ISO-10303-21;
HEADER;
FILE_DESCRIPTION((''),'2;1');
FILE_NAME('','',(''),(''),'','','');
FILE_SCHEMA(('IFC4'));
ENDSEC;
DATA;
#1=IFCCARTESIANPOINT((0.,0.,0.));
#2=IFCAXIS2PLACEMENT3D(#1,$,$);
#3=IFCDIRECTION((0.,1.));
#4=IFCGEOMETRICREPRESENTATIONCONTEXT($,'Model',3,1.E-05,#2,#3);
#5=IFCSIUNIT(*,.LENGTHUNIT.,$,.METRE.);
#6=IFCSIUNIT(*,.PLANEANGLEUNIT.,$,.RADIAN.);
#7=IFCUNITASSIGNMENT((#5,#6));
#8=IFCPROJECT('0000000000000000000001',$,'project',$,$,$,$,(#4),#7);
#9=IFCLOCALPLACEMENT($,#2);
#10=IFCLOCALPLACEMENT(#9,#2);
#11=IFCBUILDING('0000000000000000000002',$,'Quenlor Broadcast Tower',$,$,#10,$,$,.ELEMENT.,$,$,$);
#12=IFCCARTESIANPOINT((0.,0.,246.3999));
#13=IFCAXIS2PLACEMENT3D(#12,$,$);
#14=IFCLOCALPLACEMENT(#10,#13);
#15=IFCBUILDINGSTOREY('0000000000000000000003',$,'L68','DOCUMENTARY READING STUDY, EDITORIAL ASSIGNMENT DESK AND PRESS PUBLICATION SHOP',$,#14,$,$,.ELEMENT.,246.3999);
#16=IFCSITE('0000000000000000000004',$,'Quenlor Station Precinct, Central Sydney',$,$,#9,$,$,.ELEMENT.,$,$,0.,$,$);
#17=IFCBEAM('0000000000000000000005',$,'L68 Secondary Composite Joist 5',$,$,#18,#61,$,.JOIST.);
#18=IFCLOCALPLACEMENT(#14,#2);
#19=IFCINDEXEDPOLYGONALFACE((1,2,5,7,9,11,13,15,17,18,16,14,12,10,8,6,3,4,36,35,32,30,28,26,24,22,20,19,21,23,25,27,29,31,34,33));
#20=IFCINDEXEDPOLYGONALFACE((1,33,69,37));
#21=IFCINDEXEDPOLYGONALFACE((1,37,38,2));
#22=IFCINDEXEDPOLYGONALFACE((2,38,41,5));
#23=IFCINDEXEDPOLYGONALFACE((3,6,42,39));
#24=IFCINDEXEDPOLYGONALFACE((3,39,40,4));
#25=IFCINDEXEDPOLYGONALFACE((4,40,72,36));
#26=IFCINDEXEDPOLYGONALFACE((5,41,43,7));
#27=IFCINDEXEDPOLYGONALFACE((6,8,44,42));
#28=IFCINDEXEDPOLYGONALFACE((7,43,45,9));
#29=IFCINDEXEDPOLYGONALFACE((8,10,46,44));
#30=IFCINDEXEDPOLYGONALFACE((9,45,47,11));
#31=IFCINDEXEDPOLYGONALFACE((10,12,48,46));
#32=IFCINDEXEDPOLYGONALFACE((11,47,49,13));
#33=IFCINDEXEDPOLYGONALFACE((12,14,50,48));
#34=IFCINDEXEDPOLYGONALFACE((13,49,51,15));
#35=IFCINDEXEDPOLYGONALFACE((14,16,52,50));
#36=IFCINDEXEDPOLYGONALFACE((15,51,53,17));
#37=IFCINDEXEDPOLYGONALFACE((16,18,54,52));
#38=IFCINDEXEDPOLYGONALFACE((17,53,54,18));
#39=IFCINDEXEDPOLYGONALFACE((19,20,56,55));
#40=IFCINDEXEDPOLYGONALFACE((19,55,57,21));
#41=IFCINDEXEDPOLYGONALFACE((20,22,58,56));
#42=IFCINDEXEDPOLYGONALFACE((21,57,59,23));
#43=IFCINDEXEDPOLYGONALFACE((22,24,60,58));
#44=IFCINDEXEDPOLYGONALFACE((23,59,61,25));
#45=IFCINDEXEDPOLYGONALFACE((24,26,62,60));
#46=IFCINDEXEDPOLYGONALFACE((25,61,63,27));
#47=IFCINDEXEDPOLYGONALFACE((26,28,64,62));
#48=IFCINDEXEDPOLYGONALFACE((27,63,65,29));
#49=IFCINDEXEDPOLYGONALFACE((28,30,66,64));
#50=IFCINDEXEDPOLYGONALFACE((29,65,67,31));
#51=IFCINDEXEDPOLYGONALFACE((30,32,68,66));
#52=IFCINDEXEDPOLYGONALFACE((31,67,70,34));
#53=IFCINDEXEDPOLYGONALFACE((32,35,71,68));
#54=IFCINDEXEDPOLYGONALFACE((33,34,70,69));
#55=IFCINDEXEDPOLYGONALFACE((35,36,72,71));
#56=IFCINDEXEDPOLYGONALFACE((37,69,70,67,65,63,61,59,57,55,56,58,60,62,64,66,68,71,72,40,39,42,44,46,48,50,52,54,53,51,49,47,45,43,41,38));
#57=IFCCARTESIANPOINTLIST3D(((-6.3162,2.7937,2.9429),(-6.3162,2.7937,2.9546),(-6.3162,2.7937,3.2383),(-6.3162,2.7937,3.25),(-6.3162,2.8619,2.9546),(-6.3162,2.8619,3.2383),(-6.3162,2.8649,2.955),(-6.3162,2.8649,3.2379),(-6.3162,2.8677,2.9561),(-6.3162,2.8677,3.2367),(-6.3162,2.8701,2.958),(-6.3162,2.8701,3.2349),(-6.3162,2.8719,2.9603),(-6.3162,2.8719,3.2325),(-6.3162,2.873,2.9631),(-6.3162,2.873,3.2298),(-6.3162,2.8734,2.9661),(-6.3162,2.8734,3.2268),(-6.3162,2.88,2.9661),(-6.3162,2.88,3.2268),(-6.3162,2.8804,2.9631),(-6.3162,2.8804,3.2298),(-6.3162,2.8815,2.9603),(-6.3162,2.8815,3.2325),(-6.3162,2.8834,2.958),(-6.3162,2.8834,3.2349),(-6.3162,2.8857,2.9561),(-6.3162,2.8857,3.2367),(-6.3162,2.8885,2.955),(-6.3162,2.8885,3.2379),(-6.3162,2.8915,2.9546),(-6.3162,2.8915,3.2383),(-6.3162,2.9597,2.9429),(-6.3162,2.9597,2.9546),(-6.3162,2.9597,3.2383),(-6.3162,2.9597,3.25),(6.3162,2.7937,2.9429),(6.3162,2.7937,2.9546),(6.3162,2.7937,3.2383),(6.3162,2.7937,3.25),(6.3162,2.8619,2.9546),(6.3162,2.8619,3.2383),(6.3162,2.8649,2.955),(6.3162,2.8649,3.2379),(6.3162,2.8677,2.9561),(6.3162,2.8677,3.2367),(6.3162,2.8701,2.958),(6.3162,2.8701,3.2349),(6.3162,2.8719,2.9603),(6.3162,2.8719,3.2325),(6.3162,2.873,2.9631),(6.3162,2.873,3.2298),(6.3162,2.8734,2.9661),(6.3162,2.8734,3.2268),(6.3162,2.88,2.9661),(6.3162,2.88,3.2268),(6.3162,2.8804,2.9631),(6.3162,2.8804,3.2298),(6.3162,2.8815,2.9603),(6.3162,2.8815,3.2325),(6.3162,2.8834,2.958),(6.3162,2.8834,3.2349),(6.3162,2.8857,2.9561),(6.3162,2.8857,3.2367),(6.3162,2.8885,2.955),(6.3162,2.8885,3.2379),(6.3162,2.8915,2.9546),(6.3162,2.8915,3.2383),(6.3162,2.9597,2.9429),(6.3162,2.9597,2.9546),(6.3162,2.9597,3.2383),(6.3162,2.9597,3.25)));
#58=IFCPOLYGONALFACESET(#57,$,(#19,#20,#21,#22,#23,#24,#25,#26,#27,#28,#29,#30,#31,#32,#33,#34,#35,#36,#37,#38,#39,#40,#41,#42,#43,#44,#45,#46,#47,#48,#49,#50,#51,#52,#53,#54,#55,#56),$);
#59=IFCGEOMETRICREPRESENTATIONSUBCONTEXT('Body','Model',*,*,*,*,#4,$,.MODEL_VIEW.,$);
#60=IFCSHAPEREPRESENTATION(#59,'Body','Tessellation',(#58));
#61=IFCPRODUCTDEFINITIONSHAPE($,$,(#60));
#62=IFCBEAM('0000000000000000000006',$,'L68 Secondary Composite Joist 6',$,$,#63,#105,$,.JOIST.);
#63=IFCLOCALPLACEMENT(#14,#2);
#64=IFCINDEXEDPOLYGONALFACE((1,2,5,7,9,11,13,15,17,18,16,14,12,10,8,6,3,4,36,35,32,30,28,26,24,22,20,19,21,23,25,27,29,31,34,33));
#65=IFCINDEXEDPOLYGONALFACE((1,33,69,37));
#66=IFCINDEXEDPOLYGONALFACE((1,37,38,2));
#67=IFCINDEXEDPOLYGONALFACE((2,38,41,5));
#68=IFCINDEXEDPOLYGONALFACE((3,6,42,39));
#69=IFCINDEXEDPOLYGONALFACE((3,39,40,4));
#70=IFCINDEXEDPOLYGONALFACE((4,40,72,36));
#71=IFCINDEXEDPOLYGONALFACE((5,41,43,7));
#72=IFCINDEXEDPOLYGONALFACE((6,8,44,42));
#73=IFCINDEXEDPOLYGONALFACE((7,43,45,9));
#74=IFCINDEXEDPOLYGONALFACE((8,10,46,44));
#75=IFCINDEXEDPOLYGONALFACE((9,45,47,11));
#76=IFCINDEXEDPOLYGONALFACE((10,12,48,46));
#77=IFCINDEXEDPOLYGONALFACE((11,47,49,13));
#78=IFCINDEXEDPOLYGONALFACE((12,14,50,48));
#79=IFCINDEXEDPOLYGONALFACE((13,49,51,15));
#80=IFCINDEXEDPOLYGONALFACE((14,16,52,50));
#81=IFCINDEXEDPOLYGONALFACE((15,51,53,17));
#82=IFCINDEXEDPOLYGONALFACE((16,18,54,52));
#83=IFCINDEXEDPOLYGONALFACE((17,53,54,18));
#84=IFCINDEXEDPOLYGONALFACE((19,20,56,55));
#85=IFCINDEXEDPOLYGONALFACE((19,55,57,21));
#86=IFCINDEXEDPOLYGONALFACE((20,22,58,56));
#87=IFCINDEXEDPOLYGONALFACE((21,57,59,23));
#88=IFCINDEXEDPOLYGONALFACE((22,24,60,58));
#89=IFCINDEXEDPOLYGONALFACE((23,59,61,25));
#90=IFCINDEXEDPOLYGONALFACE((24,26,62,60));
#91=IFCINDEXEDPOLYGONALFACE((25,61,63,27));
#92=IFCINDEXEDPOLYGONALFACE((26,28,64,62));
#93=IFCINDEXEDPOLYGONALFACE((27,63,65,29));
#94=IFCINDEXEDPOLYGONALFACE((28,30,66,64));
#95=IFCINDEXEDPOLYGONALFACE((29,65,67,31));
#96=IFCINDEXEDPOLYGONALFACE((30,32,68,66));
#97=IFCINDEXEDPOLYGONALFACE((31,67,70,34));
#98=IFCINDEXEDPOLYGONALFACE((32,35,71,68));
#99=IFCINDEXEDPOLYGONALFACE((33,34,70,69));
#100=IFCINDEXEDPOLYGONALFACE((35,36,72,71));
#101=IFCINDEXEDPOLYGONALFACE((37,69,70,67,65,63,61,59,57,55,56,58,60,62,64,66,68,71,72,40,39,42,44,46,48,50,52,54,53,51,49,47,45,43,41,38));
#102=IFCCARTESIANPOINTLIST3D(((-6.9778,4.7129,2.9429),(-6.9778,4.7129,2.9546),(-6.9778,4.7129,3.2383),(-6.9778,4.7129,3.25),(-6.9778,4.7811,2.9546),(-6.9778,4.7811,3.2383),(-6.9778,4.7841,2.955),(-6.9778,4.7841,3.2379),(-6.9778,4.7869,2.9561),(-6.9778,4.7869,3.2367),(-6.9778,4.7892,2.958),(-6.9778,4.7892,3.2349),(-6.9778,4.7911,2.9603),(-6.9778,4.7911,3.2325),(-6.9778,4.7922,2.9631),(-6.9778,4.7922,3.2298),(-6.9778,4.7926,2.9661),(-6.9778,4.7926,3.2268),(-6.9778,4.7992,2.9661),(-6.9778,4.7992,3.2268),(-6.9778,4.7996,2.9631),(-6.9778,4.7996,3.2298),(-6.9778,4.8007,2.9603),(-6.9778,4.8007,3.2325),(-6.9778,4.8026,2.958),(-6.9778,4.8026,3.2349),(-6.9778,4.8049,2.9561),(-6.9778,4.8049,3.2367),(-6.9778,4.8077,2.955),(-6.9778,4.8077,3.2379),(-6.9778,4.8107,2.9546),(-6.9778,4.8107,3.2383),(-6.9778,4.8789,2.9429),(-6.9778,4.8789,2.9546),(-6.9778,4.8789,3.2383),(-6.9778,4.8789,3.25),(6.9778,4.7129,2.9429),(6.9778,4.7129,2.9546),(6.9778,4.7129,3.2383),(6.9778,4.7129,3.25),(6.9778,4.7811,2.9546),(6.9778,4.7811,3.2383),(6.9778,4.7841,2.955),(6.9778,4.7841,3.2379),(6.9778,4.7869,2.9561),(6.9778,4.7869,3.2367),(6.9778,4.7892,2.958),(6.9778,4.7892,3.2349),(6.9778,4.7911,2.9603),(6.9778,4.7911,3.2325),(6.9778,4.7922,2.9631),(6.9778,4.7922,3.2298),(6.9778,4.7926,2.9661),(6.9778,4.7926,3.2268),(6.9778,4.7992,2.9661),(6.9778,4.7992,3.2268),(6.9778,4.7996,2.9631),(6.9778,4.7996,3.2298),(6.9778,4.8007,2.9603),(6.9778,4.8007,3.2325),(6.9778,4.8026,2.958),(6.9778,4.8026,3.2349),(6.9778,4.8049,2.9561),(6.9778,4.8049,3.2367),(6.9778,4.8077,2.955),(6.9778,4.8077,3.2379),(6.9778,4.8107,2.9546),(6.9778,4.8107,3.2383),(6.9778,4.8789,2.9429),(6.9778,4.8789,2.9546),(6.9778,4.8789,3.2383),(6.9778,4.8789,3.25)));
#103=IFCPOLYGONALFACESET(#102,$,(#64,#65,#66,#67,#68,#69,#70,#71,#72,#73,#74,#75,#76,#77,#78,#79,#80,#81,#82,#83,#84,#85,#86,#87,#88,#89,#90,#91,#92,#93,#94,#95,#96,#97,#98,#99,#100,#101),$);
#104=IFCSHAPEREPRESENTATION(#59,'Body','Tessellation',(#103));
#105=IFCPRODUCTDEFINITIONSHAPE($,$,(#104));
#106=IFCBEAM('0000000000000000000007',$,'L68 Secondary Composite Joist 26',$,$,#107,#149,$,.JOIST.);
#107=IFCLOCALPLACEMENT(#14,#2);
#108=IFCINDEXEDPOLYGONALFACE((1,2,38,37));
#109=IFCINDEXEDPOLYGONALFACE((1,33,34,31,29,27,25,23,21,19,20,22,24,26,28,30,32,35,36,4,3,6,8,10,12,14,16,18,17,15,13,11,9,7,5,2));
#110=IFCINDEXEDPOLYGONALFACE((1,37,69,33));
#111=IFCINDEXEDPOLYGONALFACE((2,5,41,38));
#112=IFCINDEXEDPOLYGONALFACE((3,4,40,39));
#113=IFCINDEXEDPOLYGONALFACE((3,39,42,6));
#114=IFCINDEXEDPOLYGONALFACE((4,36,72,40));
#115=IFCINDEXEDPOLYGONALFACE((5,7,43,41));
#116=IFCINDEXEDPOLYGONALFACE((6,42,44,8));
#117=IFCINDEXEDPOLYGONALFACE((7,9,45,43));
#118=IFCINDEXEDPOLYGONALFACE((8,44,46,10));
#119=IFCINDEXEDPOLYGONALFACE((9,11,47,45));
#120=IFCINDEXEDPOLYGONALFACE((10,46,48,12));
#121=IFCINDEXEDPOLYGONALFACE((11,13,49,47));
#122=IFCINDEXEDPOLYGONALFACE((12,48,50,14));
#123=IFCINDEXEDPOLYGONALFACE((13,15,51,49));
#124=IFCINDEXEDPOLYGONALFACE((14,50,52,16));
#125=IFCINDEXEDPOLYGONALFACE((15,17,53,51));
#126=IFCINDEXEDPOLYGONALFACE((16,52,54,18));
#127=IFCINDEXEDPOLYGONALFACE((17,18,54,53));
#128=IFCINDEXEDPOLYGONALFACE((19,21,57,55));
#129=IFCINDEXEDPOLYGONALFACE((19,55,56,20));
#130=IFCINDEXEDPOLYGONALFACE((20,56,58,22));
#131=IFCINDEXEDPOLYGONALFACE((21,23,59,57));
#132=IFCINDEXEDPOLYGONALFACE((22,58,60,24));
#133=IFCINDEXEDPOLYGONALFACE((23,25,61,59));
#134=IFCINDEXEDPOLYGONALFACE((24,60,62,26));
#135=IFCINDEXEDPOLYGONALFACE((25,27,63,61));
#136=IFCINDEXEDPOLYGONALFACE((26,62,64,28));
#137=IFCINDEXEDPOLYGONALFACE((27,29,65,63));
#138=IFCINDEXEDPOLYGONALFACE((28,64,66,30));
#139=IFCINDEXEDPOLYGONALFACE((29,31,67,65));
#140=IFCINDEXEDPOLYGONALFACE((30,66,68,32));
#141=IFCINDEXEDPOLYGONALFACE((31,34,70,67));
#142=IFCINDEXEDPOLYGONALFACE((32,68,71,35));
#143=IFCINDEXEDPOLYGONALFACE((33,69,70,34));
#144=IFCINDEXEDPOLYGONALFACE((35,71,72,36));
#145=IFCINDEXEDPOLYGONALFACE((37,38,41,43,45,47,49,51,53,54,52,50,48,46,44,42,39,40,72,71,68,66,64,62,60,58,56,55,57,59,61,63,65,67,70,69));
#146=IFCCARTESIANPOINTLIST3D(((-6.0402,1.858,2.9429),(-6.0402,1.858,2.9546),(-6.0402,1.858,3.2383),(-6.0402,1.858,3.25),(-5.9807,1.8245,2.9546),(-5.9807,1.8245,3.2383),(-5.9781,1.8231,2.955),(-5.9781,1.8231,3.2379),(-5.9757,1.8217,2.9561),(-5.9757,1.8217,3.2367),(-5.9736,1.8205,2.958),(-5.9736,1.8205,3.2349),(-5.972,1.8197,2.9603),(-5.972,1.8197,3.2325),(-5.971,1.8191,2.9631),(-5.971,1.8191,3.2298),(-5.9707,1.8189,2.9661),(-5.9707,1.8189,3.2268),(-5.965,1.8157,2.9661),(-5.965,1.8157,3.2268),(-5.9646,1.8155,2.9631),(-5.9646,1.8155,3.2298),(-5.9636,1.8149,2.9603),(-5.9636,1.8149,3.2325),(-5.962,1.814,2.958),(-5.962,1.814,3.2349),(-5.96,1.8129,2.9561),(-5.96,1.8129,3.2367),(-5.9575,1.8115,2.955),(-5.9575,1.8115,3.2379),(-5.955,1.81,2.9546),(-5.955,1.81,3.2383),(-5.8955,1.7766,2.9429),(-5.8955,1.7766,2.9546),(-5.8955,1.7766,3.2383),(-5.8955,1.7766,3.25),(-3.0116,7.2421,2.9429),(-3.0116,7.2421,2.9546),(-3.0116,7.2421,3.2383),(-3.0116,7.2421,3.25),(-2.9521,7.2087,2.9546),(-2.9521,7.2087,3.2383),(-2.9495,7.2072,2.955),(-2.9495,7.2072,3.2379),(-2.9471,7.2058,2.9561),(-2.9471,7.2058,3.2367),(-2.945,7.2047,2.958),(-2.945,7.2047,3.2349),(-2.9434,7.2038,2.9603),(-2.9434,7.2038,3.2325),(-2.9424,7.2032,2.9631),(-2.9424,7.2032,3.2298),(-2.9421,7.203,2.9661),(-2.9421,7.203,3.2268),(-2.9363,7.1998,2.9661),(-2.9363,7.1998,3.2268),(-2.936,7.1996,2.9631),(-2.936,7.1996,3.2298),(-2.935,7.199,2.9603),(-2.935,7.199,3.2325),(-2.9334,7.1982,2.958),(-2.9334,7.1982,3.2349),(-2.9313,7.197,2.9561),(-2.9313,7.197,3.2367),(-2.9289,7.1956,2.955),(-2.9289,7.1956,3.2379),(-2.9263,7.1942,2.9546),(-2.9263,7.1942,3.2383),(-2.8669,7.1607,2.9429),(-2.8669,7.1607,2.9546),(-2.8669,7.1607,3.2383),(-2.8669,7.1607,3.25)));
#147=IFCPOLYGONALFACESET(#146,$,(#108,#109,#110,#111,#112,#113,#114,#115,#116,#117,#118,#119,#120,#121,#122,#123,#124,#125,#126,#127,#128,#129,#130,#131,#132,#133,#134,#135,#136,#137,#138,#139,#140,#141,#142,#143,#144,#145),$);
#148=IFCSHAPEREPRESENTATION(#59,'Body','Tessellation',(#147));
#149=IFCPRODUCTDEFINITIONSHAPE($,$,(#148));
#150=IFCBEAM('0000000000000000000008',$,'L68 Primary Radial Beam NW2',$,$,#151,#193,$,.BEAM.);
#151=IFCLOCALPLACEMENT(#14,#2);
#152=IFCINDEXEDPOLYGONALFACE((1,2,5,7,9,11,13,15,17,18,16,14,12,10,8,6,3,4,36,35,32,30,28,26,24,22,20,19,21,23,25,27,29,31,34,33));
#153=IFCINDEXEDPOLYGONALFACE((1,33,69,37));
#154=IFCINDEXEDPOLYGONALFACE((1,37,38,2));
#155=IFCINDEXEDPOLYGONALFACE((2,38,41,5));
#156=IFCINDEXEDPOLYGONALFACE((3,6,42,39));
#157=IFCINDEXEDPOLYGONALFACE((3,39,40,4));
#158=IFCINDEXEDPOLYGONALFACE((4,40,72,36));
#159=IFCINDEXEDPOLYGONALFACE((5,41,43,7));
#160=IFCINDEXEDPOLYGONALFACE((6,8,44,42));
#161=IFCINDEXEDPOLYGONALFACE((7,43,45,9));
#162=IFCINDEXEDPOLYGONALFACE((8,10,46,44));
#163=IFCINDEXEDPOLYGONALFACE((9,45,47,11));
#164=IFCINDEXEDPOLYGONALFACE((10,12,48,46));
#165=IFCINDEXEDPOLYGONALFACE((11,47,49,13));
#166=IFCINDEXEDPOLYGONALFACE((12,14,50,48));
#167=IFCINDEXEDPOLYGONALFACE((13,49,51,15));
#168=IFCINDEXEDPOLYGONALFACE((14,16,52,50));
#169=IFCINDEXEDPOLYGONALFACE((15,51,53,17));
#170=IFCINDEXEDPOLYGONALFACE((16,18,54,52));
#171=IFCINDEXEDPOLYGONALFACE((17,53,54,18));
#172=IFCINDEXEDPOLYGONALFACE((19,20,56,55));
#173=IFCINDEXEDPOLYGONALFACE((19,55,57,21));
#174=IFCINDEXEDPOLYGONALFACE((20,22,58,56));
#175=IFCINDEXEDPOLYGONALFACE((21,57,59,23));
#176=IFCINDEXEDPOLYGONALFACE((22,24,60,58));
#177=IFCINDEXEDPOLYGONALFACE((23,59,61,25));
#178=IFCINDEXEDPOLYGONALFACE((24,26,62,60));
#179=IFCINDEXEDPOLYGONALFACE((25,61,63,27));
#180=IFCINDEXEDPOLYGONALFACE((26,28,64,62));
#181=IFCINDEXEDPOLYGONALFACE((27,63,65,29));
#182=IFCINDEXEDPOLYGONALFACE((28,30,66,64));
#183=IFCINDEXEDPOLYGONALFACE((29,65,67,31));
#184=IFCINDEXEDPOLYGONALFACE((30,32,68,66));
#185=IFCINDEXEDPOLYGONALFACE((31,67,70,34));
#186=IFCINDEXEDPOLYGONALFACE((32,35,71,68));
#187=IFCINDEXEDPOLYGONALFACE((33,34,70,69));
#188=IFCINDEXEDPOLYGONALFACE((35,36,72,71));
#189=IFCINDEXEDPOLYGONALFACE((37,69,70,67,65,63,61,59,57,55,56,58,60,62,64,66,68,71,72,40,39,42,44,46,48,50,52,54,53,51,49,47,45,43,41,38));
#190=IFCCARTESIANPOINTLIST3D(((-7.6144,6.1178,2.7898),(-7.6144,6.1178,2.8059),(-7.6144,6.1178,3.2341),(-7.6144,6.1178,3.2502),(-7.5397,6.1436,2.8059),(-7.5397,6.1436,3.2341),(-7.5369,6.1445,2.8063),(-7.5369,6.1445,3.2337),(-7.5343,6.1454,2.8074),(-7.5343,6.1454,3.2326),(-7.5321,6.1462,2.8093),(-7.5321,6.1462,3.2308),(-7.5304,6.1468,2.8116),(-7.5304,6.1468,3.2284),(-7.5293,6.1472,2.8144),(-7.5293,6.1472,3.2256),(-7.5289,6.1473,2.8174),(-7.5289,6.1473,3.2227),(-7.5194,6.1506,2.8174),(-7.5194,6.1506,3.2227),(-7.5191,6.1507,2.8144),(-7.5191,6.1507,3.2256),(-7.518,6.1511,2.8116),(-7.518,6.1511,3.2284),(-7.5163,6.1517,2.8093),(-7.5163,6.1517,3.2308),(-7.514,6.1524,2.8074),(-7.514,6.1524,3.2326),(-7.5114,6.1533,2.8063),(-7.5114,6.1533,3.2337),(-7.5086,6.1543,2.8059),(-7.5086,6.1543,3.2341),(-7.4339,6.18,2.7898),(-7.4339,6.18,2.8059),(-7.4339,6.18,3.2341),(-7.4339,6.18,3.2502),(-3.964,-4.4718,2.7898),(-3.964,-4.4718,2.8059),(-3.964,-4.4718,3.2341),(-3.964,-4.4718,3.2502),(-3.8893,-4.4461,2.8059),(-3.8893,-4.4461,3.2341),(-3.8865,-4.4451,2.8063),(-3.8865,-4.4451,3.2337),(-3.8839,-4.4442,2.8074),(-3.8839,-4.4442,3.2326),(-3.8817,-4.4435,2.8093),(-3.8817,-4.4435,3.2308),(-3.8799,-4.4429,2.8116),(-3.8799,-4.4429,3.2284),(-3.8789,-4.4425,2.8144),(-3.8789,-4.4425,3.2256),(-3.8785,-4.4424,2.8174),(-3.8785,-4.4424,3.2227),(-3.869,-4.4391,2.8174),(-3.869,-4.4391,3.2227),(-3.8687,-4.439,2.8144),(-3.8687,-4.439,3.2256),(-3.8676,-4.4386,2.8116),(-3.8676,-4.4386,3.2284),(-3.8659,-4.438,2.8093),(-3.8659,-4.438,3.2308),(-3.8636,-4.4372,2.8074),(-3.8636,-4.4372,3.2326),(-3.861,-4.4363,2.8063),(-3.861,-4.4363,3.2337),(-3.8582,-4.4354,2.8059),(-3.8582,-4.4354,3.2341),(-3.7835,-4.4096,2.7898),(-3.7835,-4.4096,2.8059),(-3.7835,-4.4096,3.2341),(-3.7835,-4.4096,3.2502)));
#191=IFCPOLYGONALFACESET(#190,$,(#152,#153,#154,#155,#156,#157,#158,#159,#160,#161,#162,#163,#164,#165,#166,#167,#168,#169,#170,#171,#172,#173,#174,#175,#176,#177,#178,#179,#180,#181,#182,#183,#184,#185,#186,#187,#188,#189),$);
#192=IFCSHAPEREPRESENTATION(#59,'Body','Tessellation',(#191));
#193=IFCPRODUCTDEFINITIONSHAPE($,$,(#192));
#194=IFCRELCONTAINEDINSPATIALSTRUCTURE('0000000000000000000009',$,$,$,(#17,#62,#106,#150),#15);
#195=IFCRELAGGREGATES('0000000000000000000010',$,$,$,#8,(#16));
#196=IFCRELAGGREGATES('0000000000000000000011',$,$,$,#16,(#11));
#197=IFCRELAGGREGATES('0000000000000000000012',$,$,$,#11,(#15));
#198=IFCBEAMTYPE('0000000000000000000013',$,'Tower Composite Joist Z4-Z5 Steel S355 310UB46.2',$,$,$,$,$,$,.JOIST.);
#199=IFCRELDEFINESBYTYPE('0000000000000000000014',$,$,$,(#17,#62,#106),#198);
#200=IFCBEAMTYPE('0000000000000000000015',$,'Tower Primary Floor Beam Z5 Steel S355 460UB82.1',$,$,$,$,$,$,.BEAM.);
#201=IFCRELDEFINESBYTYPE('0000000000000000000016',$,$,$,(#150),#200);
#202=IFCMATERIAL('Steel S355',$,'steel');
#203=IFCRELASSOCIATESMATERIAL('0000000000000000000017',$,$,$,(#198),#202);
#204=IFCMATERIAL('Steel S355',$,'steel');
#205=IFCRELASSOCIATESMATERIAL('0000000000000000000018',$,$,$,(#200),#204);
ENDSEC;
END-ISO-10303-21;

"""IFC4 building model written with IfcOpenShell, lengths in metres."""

from ifc_helpers import new_model, si_unit, direction, frame, origin, origin_2d, place, context, subcontext, project, spatial, i_section, extrude, material, material_profile, profile_set, type_object, element, save


model = new_model("IFC4")

# Units and contexts
model_context = context("Model", 3, precision=1e-05, world=origin(), true_north=direction((0.0, 1.0)))
body_context = subcontext(model_context, "Body", "Model", "MODEL_VIEW")
ifc_project = project(units=[si_unit("LENGTHUNIT", "METRE"), si_unit("PLANEANGLEUNIT", "RADIAN")], contexts=[model_context])

# Site, building, storey
site_placement = place(None, origin())
site = spatial("IfcSite", under=ifc_project, at=site_placement, Name="Quenlor Station Precinct, Central Sydney", CompositionType="ELEMENT", RefElevation=0.0)
building_placement = place(site_placement, origin())
building = spatial("IfcBuilding", under=site, at=building_placement, Name="Quenlor Broadcast Tower", CompositionType="ELEMENT")
storey_placement = place(building_placement, frame((0.0, 0.0, 246.3999)))
storey = spatial("IfcBuildingStorey", under=building, at=storey_placement, Name="L68", Description="DOCUMENTARY READING STUDY, EDITORIAL ASSIGNMENT DESK AND PRESS PUBLICATION SHOP", CompositionType="ELEMENT", Elevation=246.3999)

# Beams
ifc_material_1 = material(Name="Steel S355", Category="steel")
ifc_material_profile_1 = material_profile(ifc_material_1, i_section(OverallWidth=0.166, OverallDepth=0.3071, WebThickness=0.0066, FlangeThickness=0.0117, FilletRadius=0.0115, at=origin_2d()))
ifc_profile_set_1 = profile_set([ifc_material_profile_1], Name="Steel S355 310UB46.2")
beam_type_1 = type_object("IfcBeamType", Name="Tower Composite Joist Z4-Z5 Steel S355 310UB46.2", PredefinedType="JOIST", material=ifc_profile_set_1)
beam_1_placement = place(storey_placement, frame((-6.3162, 2.8767, 3.0964), z_axis=(1.0, 0.0, 0.0), x_axis=(0.0, 1.0, 0.0)))
element("IfcBeam", 1, at=beam_1_placement, inside=storey, type_object=beam_type_1, Name="L68 Secondary Composite Joist 5", PredefinedType="JOIST", context=body_context, shape_type="SweptSolid", body=[
    extrude(i_section(OverallWidth=0.166, OverallDepth=0.3071, WebThickness=0.0066, FlangeThickness=0.0117, FilletRadius=0.0115, at=origin_2d()), origin(), (0.0, 0.0, 1.0), 12.6323),
])
beam_2_placement = place(storey_placement, frame((-6.9778, 4.7959, 3.0964), z_axis=(1.0, 0.0, 0.0), x_axis=(0.0, 1.0, 0.0)))
element("IfcBeam", 2, at=beam_2_placement, inside=storey, type_object=beam_type_1, Name="L68 Secondary Composite Joist 6", PredefinedType="JOIST", context=body_context, shape_type="SweptSolid", body=[
    extrude(i_section(OverallWidth=0.166, OverallDepth=0.3071, WebThickness=0.0066, FlangeThickness=0.0117, FilletRadius=0.0115, at=origin_2d()), origin(), (0.0, 0.0, 1.0), 13.9556),
])
beam_3_placement = place(storey_placement, frame((-2.9392, 7.2014, 3.0964), z_axis=(-0.490267, -0.871572, 0.0), x_axis=(0.871572, -0.490267, 0.0)))
element("IfcBeam", 3, at=beam_3_placement, inside=storey, type_object=beam_type_1, Name="L68 Secondary Composite Joist 26", PredefinedType="JOIST", context=body_context, shape_type="SweptSolid", body=[
    extrude(i_section(OverallWidth=0.166, OverallDepth=0.3071, WebThickness=0.0066, FlangeThickness=0.0117, FilletRadius=0.0115, at=origin_2d()), origin(), (0.0, 0.0, 1.0), 6.1775),
])
ifc_material_2 = material(Name="Steel S355", Category="steel")
ifc_material_profile_2 = material_profile(ifc_material_2, i_section(OverallWidth=0.1909, OverallDepth=0.4604, WebThickness=0.01, FlangeThickness=0.0161, FilletRadius=0.0115, at=origin_2d()))
ifc_profile_set_2 = profile_set([ifc_material_profile_2], Name="Steel S355 460UB82.1")
beam_type_2 = type_object("IfcBeamType", Name="Tower Primary Floor Beam Z5 Steel S355 460UB82.1", PredefinedType="BEAM", material=ifc_profile_set_2)
beam_4_placement = place(storey_placement, frame((-7.5242, 6.1489, 3.02), z_axis=(0.325895, -0.945406, 0.0), x_axis=(0.945406, 0.325895, 0.0)))
element("IfcBeam", 4, at=beam_4_placement, inside=storey, type_object=beam_type_2, Name="L68 Primary Radial Beam NW2", PredefinedType="BEAM", context=body_context, shape_type="SweptSolid", body=[
    extrude(i_section(OverallWidth=0.1909, OverallDepth=0.4604, WebThickness=0.01, FlangeThickness=0.0161, FilletRadius=0.0115, at=origin_2d()), origin(), (0.0, 0.0, 1.0), 11.2012),
])

save(model, "model.ifc")
